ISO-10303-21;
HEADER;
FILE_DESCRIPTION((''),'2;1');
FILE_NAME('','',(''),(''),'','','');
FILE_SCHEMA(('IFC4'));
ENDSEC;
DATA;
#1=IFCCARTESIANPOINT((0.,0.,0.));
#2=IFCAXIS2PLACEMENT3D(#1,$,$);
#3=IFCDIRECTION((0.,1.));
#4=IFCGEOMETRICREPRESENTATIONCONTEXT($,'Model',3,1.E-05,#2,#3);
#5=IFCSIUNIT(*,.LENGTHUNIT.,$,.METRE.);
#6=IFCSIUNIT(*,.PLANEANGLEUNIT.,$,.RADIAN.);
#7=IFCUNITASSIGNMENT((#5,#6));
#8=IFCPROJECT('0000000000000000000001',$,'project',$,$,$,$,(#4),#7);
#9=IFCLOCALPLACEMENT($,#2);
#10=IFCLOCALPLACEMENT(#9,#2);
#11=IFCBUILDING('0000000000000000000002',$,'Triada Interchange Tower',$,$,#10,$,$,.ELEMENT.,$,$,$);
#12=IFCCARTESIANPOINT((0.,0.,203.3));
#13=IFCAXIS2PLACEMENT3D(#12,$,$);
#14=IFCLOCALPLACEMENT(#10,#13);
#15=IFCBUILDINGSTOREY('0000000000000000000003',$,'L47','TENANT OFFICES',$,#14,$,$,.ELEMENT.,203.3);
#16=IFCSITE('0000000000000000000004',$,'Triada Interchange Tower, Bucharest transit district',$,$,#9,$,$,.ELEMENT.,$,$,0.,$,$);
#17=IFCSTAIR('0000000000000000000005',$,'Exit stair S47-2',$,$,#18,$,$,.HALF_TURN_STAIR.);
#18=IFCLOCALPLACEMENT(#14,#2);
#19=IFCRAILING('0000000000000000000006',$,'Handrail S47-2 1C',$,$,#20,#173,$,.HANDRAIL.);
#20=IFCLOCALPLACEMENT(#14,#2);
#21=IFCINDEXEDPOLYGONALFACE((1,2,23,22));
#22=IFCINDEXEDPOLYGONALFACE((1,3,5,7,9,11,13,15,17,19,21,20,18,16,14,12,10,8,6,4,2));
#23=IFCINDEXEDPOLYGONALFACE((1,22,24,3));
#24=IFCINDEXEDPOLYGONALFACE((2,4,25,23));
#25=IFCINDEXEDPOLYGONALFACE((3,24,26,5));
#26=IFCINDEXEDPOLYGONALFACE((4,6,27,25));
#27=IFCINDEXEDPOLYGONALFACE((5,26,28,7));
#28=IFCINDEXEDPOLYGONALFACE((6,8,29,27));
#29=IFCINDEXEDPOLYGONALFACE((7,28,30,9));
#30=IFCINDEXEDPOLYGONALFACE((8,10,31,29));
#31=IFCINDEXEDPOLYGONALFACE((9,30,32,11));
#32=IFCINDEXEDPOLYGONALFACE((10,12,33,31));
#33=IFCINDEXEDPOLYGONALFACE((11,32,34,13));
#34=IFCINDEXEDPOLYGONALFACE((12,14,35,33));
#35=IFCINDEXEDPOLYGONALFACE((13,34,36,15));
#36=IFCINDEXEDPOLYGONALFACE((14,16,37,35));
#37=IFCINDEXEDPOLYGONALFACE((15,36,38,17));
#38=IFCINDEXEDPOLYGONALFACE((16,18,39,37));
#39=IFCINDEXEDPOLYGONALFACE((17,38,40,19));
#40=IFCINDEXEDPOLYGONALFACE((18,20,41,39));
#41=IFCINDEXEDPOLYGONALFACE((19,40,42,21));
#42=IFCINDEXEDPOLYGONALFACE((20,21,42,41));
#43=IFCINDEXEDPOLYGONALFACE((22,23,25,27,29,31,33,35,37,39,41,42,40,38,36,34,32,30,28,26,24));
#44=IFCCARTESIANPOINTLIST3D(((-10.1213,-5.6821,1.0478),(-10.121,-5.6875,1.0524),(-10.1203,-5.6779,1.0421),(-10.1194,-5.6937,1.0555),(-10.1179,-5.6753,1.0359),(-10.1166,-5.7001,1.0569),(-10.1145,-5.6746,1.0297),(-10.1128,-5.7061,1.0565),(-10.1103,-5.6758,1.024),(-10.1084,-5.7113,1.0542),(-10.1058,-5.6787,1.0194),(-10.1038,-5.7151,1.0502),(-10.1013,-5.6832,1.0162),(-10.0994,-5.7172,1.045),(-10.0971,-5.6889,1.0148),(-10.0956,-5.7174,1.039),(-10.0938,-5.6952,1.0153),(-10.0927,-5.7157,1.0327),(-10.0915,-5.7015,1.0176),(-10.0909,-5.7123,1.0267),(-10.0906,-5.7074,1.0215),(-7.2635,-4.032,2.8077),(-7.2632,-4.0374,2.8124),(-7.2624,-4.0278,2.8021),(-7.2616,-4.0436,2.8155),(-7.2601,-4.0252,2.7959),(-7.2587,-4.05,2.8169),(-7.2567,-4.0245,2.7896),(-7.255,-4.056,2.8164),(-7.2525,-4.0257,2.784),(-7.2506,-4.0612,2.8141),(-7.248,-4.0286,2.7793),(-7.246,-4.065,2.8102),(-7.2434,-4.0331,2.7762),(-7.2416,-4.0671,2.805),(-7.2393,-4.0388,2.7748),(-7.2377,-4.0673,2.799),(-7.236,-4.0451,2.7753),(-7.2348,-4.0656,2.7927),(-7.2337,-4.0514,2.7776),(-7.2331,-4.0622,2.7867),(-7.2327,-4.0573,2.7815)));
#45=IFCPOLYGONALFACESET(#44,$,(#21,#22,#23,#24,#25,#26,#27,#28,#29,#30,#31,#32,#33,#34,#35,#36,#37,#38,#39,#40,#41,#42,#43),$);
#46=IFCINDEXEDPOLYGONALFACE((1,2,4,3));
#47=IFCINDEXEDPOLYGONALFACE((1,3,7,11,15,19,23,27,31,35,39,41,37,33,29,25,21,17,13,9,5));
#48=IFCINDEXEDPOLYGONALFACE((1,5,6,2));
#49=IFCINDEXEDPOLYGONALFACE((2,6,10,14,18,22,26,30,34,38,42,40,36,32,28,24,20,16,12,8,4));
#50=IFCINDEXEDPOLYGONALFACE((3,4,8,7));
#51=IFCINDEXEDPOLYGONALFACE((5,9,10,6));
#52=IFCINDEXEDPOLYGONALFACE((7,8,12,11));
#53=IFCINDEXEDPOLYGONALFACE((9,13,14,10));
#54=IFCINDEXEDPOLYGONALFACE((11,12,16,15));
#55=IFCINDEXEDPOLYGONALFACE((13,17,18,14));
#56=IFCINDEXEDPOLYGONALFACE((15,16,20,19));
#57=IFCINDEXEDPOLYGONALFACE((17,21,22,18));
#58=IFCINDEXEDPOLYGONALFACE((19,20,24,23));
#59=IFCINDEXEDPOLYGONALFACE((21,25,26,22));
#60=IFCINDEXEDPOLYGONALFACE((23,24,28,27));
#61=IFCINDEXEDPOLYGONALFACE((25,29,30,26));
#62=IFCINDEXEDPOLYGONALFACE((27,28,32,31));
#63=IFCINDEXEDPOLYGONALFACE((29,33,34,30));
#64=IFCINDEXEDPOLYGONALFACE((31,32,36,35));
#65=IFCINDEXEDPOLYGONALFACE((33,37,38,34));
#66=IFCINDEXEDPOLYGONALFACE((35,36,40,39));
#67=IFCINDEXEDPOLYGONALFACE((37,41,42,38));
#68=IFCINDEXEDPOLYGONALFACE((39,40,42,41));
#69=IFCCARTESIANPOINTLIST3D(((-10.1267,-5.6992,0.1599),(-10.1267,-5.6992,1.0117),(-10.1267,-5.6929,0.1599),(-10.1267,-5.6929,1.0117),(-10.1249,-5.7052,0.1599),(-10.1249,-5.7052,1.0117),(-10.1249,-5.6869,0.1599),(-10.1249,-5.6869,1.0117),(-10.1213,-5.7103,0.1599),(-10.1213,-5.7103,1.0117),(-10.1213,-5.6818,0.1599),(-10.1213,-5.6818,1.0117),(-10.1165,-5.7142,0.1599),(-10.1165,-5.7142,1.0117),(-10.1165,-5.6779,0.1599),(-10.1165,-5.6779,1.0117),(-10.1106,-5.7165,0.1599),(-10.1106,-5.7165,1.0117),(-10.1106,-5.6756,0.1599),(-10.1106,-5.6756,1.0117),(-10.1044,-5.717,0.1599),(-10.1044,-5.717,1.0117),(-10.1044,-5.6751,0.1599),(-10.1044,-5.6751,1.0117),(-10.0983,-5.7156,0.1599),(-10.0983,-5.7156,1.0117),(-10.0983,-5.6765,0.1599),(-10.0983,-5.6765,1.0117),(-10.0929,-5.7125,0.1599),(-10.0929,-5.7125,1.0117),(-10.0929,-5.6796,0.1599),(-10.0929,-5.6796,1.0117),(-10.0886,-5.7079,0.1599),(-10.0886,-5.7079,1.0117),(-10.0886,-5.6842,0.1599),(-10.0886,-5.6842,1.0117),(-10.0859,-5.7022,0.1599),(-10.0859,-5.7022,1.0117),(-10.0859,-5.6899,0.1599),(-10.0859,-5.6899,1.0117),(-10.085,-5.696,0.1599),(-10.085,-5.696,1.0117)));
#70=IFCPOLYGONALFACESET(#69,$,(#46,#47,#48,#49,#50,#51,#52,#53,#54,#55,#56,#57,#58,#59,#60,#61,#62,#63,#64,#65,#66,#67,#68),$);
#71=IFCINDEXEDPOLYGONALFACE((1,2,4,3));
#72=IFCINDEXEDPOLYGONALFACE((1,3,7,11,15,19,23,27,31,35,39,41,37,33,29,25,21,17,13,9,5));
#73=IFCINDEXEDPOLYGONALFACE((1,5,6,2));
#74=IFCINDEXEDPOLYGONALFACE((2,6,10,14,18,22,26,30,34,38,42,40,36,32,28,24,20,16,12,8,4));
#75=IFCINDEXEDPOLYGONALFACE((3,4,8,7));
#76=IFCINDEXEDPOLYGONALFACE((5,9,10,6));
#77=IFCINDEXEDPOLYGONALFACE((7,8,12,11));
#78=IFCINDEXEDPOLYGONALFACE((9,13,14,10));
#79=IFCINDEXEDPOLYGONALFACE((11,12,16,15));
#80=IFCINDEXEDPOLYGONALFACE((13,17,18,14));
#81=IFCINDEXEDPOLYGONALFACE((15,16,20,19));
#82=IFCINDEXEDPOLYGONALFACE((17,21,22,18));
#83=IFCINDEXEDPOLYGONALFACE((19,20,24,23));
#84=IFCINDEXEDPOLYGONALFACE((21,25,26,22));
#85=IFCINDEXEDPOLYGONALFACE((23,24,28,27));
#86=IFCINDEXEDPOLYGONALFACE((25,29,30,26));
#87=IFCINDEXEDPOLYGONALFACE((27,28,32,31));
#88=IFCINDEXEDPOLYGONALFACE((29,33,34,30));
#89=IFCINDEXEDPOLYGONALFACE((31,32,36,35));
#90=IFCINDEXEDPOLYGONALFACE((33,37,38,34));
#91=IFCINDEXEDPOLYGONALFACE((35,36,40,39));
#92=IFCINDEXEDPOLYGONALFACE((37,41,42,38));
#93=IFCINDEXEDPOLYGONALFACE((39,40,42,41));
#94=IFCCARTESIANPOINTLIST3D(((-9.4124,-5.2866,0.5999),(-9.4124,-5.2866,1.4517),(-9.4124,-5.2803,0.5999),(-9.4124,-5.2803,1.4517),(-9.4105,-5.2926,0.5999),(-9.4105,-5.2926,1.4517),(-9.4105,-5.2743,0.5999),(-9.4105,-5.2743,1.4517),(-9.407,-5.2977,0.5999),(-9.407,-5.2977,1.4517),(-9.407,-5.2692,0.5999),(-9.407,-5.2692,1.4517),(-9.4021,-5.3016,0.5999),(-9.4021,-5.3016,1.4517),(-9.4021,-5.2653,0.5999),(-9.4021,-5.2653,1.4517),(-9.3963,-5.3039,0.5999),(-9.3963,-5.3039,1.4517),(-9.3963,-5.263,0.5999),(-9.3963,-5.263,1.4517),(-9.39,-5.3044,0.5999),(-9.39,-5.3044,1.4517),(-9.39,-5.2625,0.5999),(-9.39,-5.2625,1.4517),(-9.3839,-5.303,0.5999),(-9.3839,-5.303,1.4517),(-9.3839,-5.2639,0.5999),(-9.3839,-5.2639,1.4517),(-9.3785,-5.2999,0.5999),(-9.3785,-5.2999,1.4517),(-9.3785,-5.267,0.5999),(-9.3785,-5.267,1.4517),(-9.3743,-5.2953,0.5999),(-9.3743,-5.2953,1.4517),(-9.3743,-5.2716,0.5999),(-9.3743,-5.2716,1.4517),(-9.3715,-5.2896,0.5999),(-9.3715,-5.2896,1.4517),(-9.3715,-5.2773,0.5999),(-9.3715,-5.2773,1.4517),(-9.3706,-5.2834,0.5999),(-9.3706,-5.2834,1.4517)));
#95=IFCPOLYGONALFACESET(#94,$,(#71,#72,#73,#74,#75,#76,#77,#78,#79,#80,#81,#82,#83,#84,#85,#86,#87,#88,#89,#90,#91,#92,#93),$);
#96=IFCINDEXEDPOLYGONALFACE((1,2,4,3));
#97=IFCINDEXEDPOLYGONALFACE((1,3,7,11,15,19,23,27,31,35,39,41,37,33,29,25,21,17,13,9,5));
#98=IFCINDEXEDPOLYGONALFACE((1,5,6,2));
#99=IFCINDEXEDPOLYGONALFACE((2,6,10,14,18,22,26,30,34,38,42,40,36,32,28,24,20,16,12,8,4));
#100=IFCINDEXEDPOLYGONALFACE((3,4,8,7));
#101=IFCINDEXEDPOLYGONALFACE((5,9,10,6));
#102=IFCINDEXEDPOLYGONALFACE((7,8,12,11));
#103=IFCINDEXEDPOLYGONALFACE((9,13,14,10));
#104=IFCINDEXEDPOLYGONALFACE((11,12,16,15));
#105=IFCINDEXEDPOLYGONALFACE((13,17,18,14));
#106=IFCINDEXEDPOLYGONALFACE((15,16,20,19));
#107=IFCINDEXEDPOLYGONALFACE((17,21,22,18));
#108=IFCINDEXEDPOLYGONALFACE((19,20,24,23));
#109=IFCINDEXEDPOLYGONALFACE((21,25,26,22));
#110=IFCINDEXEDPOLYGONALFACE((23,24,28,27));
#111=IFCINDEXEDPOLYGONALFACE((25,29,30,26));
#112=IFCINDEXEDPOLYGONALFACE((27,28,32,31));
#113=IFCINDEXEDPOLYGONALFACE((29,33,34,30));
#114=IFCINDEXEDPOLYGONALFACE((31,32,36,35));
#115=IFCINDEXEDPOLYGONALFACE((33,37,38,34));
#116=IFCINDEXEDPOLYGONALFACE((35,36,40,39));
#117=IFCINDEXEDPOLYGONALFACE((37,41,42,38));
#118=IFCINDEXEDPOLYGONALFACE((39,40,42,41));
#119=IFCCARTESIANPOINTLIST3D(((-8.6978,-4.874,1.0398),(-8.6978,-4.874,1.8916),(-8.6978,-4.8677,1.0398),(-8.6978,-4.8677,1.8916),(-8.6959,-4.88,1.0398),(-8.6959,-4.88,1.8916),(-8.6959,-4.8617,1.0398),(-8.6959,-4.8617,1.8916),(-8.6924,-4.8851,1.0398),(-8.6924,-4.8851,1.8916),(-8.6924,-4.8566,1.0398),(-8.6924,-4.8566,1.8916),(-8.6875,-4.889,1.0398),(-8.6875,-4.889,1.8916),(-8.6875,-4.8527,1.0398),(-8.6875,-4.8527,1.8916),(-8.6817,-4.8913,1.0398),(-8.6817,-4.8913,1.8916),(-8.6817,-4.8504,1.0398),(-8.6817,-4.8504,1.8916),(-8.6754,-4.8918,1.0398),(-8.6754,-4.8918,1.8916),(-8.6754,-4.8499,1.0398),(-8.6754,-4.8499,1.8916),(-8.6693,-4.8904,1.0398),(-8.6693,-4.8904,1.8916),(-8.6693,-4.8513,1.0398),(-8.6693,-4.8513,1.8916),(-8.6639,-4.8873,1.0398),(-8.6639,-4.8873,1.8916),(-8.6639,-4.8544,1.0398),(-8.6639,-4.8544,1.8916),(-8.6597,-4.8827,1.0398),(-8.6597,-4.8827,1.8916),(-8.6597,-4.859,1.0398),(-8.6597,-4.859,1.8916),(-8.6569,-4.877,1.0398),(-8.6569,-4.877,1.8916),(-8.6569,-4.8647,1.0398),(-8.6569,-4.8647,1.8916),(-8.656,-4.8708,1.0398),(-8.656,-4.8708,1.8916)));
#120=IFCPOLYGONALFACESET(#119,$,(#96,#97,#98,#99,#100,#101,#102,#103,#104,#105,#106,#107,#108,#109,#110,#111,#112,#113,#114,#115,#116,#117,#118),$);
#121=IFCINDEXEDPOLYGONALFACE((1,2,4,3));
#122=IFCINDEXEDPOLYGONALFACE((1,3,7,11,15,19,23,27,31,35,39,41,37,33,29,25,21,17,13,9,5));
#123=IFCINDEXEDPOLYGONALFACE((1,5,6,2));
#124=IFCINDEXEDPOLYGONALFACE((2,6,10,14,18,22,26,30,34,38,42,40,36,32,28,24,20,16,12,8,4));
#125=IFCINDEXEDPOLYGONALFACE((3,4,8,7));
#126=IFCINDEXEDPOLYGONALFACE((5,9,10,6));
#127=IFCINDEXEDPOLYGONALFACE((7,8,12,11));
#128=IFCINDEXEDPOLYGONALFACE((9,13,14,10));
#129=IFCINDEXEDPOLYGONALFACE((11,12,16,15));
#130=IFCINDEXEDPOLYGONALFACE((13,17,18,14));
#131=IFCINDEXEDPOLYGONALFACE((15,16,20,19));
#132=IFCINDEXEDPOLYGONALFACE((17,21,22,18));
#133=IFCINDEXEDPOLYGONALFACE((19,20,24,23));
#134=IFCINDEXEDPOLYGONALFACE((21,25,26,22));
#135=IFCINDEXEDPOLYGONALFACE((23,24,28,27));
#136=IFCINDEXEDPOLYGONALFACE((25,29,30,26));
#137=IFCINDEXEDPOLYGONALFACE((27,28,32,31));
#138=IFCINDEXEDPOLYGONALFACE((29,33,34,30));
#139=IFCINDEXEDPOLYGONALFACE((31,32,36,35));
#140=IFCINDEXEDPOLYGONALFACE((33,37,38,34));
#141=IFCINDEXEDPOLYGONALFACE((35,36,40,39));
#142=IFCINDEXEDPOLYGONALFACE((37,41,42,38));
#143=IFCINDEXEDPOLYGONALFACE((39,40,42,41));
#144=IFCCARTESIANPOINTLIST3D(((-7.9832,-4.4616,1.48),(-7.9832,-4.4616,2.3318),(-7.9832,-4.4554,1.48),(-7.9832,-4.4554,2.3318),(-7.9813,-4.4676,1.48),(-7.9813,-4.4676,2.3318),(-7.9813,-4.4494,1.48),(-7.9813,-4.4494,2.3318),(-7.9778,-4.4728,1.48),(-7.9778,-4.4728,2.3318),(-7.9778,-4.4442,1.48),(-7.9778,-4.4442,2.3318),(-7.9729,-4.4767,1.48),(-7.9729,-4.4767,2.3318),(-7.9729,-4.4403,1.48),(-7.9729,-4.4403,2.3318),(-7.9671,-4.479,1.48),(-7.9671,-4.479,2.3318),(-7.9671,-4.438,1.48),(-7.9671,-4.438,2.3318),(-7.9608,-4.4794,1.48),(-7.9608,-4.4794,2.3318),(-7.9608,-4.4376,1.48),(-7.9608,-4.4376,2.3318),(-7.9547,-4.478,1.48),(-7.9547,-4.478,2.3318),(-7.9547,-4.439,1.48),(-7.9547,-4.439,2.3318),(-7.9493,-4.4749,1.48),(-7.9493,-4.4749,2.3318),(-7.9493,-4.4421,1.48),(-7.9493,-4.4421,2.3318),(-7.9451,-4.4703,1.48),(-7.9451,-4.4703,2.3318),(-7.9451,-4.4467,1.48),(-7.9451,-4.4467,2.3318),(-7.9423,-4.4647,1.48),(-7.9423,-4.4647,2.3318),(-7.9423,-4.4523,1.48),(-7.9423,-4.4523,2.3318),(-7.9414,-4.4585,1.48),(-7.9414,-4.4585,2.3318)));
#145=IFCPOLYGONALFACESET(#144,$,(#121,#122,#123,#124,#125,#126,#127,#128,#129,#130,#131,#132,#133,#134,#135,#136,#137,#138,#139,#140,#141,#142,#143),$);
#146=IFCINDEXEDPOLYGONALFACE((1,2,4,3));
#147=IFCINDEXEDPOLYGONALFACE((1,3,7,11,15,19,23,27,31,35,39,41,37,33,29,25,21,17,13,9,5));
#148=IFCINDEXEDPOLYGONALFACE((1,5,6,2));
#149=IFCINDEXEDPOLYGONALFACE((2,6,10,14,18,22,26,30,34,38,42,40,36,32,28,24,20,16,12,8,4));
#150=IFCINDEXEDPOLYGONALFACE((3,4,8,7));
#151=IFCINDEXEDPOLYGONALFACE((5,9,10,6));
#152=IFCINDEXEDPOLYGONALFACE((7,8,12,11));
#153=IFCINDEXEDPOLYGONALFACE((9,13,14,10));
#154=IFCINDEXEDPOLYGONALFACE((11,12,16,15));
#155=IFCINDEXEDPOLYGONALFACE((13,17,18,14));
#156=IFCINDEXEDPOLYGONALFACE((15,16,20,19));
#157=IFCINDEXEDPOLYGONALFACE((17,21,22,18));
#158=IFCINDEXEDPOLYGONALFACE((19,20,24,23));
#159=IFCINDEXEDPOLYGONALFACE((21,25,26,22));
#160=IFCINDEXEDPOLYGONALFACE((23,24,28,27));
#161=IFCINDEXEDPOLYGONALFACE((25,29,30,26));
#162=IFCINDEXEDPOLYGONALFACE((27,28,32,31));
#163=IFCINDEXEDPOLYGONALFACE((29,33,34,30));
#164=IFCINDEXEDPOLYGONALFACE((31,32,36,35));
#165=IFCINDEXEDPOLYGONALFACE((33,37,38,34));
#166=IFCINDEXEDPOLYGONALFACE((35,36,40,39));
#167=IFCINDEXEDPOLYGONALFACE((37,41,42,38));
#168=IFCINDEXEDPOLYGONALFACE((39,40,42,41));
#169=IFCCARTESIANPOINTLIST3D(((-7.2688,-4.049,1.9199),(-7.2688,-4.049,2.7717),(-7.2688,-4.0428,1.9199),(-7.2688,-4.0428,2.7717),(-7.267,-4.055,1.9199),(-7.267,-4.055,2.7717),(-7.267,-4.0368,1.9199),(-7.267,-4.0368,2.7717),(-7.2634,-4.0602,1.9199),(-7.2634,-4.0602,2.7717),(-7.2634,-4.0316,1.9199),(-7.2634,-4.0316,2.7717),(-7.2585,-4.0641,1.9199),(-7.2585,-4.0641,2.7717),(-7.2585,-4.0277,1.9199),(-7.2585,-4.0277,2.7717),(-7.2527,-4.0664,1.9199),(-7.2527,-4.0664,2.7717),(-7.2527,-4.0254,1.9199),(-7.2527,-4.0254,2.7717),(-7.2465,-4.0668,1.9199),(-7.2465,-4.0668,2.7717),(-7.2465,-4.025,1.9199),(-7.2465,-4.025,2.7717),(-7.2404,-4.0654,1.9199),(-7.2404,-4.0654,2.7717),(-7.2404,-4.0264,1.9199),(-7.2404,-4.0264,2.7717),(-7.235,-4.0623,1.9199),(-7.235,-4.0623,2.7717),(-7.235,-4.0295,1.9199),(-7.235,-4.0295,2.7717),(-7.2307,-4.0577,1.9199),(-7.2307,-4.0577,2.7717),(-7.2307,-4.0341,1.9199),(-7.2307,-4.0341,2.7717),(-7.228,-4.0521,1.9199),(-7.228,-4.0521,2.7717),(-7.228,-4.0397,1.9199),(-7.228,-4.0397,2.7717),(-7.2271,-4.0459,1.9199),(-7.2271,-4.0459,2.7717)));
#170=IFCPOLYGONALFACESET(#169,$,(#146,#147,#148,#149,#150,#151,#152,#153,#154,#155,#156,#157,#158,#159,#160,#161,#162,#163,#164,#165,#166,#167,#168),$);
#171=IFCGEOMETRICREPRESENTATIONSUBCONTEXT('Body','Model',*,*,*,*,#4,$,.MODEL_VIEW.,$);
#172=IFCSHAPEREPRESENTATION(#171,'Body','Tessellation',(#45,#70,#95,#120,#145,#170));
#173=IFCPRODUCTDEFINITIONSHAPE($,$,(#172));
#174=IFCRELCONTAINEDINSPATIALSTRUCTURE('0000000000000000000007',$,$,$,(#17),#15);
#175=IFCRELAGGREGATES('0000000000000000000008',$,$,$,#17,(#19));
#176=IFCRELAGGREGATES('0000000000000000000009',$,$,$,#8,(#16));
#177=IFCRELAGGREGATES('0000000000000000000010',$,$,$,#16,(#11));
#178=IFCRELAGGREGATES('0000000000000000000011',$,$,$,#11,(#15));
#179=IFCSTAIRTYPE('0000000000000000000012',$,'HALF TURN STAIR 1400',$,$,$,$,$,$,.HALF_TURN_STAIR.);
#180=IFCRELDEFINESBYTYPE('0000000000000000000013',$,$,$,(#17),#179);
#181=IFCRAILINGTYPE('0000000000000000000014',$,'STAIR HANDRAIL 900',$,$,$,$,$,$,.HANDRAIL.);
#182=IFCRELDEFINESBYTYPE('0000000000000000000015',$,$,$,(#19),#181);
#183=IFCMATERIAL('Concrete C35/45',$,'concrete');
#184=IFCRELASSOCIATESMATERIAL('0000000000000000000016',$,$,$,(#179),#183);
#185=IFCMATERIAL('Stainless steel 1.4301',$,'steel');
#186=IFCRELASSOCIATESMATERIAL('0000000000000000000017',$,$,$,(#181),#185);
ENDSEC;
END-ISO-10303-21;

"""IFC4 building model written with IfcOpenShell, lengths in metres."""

from ifc_helpers import new_model, si_unit, direction, frame, origin, origin_2d, place, context, subcontext, project, spatial, circle, extrude, material, type_object, element, aggregate, save


model = new_model("IFC4")

# Units and contexts
model_context = context("Model", 3, precision=1e-05, world=origin(), true_north=direction((0.0, 1.0)))
body_context = subcontext(model_context, "Body", "Model", "MODEL_VIEW")
ifc_project = project(units=[si_unit("LENGTHUNIT", "METRE"), si_unit("PLANEANGLEUNIT", "RADIAN")], contexts=[model_context])

# Site, building, storey
site_placement = place(None, origin())
site = spatial("IfcSite", under=ifc_project, at=site_placement, Name="Triada Interchange Tower, Bucharest transit district", CompositionType="ELEMENT", RefElevation=0.0)
building_placement = place(site_placement, origin())
building = spatial("IfcBuilding", under=site, at=building_placement, Name="Triada Interchange Tower", CompositionType="ELEMENT")
storey_placement = place(building_placement, frame((0.0, 0.0, 203.3)))
storey = spatial("IfcBuildingStorey", under=building, at=storey_placement, Name="L47", Description="TENANT OFFICES", CompositionType="ELEMENT", Elevation=203.3)

# Stair, railing
ifc_material_1 = material(Name="Concrete C35/45", Category="concrete")
stair_type = type_object("IfcStairType", Name="HALF TURN STAIR 1400", PredefinedType="HALF_TURN_STAIR", material=ifc_material_1)
stair_placement = place(storey_placement, origin())
stair = element("IfcStair", 1, at=stair_placement, inside=storey, type_object=stair_type, Name="Exit stair S47-2", PredefinedType="HALF_TURN_STAIR")
ifc_material_2 = material(Name="Stainless steel 1.4301", Category="steel")
railing_type = type_object("IfcRailingType", Name="STAIR HANDRAIL 900", PredefinedType="HANDRAIL", material=ifc_material_2)
railing_1_placement = place(storey_placement, frame((-10.106, -5.696, 0.1599)))
railing_1 = element("IfcRailing", 2, at=railing_1_placement, type_object=railing_type, Name="Handrail S47-2 1C", PredefinedType="HANDRAIL", context=body_context, shape_type="SweptSolid", body=[
    extrude(circle(Radius=0.0239, at=origin_2d()), frame((0.0, 0.0, 0.876), z_axis=(0.764129, 0.441205, 0.47058), x_axis=(-0.50003, 0.866008, 0.0)), (0.0, 0.0, 1.0), 3.74),
    extrude(circle(Radius=0.021, at=origin_2d()), origin(), (0.0, 0.0, 1.0), 0.8518),
    extrude(circle(Radius=0.021, at=origin_2d()), frame((0.7144, 0.4126, 0.4399)), (0.0, 0.0, 1.0), 0.8518),
    extrude(circle(Radius=0.021, at=origin_2d()), frame((1.429, 0.8252, 0.8799)), (0.0, 0.0, 1.0), 0.8518),
    extrude(circle(Radius=0.021, at=origin_2d()), frame((2.1436, 1.2375, 1.3201)), (0.0, 0.0, 1.0), 0.8518),
    extrude(circle(Radius=0.021, at=origin_2d()), frame((2.8579, 1.6501, 1.76)), (0.0, 0.0, 1.0), 0.8518),
])
aggregate(stair, [railing_1])

save(model, "model.ifc")
